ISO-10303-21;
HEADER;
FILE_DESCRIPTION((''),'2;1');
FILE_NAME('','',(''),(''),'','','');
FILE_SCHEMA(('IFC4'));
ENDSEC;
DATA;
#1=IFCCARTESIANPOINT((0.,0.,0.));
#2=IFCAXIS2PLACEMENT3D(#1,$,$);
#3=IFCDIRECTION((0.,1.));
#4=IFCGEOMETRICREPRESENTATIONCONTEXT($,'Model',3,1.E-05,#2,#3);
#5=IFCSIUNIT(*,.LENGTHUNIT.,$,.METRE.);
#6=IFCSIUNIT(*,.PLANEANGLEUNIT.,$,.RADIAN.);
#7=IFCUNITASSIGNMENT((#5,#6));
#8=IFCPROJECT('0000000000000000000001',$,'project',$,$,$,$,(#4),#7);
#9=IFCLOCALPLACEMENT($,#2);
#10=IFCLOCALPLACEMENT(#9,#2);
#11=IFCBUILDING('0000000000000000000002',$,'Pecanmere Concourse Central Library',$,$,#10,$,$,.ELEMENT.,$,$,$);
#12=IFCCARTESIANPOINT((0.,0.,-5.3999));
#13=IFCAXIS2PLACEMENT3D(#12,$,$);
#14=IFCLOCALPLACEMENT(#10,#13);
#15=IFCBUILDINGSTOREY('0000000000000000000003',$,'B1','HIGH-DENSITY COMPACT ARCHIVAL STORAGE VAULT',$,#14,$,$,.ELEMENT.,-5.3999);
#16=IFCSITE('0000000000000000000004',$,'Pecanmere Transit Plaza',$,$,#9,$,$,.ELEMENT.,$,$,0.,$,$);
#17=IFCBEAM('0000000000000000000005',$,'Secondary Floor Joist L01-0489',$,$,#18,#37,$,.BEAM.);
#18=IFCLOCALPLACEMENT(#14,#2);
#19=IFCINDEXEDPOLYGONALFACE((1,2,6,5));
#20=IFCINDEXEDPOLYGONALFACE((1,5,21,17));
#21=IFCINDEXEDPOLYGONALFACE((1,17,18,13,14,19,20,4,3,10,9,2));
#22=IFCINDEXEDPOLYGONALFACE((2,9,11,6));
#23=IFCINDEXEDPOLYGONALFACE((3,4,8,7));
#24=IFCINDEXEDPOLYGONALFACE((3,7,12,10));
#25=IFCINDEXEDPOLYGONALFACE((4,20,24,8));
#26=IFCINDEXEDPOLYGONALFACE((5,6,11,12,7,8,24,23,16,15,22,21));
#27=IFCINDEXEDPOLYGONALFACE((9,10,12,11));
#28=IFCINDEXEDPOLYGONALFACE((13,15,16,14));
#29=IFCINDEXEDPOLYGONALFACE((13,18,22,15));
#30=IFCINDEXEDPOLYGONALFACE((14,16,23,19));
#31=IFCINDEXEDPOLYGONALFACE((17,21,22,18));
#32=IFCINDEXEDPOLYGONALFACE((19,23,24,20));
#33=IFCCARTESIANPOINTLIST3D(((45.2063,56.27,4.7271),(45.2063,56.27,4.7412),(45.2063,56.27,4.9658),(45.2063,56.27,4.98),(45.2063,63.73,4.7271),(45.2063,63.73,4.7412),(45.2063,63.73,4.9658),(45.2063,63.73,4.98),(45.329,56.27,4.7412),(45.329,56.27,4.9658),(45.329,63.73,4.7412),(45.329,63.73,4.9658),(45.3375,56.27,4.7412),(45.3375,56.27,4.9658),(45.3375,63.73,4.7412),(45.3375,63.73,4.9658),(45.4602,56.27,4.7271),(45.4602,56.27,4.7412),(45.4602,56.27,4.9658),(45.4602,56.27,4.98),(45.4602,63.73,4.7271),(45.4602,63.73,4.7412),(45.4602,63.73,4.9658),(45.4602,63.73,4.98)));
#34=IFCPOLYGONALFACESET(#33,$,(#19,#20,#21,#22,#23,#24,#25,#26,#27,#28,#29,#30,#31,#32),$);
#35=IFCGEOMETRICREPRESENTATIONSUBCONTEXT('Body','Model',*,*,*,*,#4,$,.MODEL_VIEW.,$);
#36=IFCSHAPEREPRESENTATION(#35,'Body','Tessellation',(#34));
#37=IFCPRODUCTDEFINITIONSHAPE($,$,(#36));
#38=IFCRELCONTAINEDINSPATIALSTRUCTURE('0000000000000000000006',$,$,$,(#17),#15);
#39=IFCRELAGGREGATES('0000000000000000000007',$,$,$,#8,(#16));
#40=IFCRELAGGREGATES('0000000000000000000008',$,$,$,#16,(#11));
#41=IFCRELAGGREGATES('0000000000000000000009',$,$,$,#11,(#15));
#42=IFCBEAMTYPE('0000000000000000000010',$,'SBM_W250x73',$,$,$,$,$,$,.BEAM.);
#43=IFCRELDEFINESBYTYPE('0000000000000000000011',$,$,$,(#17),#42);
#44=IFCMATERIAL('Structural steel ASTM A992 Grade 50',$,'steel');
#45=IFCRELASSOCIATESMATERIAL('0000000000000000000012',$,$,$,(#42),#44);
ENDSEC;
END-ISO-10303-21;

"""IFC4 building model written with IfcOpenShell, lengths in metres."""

from ifc_helpers import new_model, si_unit, direction, frame, origin, origin_2d, place, context, subcontext, project, spatial, i_section, extrude, material, material_profile, profile_set, type_object, element, save


model = new_model("IFC4")

# Units and contexts
model_context = context("Model", 3, precision=1e-05, world=origin(), true_north=direction((0.0, 1.0)))
body_context = subcontext(model_context, "Body", "Model", "MODEL_VIEW")
ifc_project = project(units=[si_unit("LENGTHUNIT", "METRE"), si_unit("PLANEANGLEUNIT", "RADIAN")], contexts=[model_context])

# Site, building, storey
site_placement = place(None, origin())
site = spatial("IfcSite", under=ifc_project, at=site_placement, Name="Pecanmere Transit Plaza", CompositionType="ELEMENT", RefElevation=0.0)
building_placement = place(site_placement, origin())
building = spatial("IfcBuilding", under=site, at=building_placement, Name="Pecanmere Concourse Central Library", CompositionType="ELEMENT")
storey_placement = place(building_placement, frame((0.0, 0.0, -5.3999)))
storey = spatial("IfcBuildingStorey", under=building, at=storey_placement, Name="B1", Description="HIGH-DENSITY COMPACT ARCHIVAL STORAGE VAULT", CompositionType="ELEMENT", Elevation=-5.3999)

# Beam
ifc_material_1 = material(Name="Structural steel ASTM A992 Grade 50", Category="steel")
ifc_material_profile_1 = material_profile(ifc_material_1, i_section(OverallWidth=0.2539, OverallDepth=0.2529, WebThickness=0.0085, FlangeThickness=0.0142, at=origin_2d()), Name="W250x73")
ifc_profile_set_1 = profile_set([ifc_material_profile_1], Name="Structural steel ASTM A992 Grade 50")
beam_type_1 = type_object("IfcBeamType", Name="SBM_W250x73", PredefinedType="BEAM", material=ifc_profile_set_1)
beam_1_placement = place(storey_placement, frame((45.3333, 56.27, 4.8535), z_axis=(0.0, 1.0, 0.0), x_axis=(-1.0, 0.0, 0.0)))
element("IfcBeam", 1, at=beam_1_placement, inside=storey, type_object=beam_type_1, Name="Secondary Floor Joist L01-0489", PredefinedType="BEAM", context=body_context, shape_type="SweptSolid", body=[
    extrude(i_section(OverallWidth=0.2539, OverallDepth=0.2529, WebThickness=0.0085, FlangeThickness=0.0142, at=origin_2d()), origin(), (0.0, 0.0, 1.0), 7.46),
])

save(model, "model.ifc")
